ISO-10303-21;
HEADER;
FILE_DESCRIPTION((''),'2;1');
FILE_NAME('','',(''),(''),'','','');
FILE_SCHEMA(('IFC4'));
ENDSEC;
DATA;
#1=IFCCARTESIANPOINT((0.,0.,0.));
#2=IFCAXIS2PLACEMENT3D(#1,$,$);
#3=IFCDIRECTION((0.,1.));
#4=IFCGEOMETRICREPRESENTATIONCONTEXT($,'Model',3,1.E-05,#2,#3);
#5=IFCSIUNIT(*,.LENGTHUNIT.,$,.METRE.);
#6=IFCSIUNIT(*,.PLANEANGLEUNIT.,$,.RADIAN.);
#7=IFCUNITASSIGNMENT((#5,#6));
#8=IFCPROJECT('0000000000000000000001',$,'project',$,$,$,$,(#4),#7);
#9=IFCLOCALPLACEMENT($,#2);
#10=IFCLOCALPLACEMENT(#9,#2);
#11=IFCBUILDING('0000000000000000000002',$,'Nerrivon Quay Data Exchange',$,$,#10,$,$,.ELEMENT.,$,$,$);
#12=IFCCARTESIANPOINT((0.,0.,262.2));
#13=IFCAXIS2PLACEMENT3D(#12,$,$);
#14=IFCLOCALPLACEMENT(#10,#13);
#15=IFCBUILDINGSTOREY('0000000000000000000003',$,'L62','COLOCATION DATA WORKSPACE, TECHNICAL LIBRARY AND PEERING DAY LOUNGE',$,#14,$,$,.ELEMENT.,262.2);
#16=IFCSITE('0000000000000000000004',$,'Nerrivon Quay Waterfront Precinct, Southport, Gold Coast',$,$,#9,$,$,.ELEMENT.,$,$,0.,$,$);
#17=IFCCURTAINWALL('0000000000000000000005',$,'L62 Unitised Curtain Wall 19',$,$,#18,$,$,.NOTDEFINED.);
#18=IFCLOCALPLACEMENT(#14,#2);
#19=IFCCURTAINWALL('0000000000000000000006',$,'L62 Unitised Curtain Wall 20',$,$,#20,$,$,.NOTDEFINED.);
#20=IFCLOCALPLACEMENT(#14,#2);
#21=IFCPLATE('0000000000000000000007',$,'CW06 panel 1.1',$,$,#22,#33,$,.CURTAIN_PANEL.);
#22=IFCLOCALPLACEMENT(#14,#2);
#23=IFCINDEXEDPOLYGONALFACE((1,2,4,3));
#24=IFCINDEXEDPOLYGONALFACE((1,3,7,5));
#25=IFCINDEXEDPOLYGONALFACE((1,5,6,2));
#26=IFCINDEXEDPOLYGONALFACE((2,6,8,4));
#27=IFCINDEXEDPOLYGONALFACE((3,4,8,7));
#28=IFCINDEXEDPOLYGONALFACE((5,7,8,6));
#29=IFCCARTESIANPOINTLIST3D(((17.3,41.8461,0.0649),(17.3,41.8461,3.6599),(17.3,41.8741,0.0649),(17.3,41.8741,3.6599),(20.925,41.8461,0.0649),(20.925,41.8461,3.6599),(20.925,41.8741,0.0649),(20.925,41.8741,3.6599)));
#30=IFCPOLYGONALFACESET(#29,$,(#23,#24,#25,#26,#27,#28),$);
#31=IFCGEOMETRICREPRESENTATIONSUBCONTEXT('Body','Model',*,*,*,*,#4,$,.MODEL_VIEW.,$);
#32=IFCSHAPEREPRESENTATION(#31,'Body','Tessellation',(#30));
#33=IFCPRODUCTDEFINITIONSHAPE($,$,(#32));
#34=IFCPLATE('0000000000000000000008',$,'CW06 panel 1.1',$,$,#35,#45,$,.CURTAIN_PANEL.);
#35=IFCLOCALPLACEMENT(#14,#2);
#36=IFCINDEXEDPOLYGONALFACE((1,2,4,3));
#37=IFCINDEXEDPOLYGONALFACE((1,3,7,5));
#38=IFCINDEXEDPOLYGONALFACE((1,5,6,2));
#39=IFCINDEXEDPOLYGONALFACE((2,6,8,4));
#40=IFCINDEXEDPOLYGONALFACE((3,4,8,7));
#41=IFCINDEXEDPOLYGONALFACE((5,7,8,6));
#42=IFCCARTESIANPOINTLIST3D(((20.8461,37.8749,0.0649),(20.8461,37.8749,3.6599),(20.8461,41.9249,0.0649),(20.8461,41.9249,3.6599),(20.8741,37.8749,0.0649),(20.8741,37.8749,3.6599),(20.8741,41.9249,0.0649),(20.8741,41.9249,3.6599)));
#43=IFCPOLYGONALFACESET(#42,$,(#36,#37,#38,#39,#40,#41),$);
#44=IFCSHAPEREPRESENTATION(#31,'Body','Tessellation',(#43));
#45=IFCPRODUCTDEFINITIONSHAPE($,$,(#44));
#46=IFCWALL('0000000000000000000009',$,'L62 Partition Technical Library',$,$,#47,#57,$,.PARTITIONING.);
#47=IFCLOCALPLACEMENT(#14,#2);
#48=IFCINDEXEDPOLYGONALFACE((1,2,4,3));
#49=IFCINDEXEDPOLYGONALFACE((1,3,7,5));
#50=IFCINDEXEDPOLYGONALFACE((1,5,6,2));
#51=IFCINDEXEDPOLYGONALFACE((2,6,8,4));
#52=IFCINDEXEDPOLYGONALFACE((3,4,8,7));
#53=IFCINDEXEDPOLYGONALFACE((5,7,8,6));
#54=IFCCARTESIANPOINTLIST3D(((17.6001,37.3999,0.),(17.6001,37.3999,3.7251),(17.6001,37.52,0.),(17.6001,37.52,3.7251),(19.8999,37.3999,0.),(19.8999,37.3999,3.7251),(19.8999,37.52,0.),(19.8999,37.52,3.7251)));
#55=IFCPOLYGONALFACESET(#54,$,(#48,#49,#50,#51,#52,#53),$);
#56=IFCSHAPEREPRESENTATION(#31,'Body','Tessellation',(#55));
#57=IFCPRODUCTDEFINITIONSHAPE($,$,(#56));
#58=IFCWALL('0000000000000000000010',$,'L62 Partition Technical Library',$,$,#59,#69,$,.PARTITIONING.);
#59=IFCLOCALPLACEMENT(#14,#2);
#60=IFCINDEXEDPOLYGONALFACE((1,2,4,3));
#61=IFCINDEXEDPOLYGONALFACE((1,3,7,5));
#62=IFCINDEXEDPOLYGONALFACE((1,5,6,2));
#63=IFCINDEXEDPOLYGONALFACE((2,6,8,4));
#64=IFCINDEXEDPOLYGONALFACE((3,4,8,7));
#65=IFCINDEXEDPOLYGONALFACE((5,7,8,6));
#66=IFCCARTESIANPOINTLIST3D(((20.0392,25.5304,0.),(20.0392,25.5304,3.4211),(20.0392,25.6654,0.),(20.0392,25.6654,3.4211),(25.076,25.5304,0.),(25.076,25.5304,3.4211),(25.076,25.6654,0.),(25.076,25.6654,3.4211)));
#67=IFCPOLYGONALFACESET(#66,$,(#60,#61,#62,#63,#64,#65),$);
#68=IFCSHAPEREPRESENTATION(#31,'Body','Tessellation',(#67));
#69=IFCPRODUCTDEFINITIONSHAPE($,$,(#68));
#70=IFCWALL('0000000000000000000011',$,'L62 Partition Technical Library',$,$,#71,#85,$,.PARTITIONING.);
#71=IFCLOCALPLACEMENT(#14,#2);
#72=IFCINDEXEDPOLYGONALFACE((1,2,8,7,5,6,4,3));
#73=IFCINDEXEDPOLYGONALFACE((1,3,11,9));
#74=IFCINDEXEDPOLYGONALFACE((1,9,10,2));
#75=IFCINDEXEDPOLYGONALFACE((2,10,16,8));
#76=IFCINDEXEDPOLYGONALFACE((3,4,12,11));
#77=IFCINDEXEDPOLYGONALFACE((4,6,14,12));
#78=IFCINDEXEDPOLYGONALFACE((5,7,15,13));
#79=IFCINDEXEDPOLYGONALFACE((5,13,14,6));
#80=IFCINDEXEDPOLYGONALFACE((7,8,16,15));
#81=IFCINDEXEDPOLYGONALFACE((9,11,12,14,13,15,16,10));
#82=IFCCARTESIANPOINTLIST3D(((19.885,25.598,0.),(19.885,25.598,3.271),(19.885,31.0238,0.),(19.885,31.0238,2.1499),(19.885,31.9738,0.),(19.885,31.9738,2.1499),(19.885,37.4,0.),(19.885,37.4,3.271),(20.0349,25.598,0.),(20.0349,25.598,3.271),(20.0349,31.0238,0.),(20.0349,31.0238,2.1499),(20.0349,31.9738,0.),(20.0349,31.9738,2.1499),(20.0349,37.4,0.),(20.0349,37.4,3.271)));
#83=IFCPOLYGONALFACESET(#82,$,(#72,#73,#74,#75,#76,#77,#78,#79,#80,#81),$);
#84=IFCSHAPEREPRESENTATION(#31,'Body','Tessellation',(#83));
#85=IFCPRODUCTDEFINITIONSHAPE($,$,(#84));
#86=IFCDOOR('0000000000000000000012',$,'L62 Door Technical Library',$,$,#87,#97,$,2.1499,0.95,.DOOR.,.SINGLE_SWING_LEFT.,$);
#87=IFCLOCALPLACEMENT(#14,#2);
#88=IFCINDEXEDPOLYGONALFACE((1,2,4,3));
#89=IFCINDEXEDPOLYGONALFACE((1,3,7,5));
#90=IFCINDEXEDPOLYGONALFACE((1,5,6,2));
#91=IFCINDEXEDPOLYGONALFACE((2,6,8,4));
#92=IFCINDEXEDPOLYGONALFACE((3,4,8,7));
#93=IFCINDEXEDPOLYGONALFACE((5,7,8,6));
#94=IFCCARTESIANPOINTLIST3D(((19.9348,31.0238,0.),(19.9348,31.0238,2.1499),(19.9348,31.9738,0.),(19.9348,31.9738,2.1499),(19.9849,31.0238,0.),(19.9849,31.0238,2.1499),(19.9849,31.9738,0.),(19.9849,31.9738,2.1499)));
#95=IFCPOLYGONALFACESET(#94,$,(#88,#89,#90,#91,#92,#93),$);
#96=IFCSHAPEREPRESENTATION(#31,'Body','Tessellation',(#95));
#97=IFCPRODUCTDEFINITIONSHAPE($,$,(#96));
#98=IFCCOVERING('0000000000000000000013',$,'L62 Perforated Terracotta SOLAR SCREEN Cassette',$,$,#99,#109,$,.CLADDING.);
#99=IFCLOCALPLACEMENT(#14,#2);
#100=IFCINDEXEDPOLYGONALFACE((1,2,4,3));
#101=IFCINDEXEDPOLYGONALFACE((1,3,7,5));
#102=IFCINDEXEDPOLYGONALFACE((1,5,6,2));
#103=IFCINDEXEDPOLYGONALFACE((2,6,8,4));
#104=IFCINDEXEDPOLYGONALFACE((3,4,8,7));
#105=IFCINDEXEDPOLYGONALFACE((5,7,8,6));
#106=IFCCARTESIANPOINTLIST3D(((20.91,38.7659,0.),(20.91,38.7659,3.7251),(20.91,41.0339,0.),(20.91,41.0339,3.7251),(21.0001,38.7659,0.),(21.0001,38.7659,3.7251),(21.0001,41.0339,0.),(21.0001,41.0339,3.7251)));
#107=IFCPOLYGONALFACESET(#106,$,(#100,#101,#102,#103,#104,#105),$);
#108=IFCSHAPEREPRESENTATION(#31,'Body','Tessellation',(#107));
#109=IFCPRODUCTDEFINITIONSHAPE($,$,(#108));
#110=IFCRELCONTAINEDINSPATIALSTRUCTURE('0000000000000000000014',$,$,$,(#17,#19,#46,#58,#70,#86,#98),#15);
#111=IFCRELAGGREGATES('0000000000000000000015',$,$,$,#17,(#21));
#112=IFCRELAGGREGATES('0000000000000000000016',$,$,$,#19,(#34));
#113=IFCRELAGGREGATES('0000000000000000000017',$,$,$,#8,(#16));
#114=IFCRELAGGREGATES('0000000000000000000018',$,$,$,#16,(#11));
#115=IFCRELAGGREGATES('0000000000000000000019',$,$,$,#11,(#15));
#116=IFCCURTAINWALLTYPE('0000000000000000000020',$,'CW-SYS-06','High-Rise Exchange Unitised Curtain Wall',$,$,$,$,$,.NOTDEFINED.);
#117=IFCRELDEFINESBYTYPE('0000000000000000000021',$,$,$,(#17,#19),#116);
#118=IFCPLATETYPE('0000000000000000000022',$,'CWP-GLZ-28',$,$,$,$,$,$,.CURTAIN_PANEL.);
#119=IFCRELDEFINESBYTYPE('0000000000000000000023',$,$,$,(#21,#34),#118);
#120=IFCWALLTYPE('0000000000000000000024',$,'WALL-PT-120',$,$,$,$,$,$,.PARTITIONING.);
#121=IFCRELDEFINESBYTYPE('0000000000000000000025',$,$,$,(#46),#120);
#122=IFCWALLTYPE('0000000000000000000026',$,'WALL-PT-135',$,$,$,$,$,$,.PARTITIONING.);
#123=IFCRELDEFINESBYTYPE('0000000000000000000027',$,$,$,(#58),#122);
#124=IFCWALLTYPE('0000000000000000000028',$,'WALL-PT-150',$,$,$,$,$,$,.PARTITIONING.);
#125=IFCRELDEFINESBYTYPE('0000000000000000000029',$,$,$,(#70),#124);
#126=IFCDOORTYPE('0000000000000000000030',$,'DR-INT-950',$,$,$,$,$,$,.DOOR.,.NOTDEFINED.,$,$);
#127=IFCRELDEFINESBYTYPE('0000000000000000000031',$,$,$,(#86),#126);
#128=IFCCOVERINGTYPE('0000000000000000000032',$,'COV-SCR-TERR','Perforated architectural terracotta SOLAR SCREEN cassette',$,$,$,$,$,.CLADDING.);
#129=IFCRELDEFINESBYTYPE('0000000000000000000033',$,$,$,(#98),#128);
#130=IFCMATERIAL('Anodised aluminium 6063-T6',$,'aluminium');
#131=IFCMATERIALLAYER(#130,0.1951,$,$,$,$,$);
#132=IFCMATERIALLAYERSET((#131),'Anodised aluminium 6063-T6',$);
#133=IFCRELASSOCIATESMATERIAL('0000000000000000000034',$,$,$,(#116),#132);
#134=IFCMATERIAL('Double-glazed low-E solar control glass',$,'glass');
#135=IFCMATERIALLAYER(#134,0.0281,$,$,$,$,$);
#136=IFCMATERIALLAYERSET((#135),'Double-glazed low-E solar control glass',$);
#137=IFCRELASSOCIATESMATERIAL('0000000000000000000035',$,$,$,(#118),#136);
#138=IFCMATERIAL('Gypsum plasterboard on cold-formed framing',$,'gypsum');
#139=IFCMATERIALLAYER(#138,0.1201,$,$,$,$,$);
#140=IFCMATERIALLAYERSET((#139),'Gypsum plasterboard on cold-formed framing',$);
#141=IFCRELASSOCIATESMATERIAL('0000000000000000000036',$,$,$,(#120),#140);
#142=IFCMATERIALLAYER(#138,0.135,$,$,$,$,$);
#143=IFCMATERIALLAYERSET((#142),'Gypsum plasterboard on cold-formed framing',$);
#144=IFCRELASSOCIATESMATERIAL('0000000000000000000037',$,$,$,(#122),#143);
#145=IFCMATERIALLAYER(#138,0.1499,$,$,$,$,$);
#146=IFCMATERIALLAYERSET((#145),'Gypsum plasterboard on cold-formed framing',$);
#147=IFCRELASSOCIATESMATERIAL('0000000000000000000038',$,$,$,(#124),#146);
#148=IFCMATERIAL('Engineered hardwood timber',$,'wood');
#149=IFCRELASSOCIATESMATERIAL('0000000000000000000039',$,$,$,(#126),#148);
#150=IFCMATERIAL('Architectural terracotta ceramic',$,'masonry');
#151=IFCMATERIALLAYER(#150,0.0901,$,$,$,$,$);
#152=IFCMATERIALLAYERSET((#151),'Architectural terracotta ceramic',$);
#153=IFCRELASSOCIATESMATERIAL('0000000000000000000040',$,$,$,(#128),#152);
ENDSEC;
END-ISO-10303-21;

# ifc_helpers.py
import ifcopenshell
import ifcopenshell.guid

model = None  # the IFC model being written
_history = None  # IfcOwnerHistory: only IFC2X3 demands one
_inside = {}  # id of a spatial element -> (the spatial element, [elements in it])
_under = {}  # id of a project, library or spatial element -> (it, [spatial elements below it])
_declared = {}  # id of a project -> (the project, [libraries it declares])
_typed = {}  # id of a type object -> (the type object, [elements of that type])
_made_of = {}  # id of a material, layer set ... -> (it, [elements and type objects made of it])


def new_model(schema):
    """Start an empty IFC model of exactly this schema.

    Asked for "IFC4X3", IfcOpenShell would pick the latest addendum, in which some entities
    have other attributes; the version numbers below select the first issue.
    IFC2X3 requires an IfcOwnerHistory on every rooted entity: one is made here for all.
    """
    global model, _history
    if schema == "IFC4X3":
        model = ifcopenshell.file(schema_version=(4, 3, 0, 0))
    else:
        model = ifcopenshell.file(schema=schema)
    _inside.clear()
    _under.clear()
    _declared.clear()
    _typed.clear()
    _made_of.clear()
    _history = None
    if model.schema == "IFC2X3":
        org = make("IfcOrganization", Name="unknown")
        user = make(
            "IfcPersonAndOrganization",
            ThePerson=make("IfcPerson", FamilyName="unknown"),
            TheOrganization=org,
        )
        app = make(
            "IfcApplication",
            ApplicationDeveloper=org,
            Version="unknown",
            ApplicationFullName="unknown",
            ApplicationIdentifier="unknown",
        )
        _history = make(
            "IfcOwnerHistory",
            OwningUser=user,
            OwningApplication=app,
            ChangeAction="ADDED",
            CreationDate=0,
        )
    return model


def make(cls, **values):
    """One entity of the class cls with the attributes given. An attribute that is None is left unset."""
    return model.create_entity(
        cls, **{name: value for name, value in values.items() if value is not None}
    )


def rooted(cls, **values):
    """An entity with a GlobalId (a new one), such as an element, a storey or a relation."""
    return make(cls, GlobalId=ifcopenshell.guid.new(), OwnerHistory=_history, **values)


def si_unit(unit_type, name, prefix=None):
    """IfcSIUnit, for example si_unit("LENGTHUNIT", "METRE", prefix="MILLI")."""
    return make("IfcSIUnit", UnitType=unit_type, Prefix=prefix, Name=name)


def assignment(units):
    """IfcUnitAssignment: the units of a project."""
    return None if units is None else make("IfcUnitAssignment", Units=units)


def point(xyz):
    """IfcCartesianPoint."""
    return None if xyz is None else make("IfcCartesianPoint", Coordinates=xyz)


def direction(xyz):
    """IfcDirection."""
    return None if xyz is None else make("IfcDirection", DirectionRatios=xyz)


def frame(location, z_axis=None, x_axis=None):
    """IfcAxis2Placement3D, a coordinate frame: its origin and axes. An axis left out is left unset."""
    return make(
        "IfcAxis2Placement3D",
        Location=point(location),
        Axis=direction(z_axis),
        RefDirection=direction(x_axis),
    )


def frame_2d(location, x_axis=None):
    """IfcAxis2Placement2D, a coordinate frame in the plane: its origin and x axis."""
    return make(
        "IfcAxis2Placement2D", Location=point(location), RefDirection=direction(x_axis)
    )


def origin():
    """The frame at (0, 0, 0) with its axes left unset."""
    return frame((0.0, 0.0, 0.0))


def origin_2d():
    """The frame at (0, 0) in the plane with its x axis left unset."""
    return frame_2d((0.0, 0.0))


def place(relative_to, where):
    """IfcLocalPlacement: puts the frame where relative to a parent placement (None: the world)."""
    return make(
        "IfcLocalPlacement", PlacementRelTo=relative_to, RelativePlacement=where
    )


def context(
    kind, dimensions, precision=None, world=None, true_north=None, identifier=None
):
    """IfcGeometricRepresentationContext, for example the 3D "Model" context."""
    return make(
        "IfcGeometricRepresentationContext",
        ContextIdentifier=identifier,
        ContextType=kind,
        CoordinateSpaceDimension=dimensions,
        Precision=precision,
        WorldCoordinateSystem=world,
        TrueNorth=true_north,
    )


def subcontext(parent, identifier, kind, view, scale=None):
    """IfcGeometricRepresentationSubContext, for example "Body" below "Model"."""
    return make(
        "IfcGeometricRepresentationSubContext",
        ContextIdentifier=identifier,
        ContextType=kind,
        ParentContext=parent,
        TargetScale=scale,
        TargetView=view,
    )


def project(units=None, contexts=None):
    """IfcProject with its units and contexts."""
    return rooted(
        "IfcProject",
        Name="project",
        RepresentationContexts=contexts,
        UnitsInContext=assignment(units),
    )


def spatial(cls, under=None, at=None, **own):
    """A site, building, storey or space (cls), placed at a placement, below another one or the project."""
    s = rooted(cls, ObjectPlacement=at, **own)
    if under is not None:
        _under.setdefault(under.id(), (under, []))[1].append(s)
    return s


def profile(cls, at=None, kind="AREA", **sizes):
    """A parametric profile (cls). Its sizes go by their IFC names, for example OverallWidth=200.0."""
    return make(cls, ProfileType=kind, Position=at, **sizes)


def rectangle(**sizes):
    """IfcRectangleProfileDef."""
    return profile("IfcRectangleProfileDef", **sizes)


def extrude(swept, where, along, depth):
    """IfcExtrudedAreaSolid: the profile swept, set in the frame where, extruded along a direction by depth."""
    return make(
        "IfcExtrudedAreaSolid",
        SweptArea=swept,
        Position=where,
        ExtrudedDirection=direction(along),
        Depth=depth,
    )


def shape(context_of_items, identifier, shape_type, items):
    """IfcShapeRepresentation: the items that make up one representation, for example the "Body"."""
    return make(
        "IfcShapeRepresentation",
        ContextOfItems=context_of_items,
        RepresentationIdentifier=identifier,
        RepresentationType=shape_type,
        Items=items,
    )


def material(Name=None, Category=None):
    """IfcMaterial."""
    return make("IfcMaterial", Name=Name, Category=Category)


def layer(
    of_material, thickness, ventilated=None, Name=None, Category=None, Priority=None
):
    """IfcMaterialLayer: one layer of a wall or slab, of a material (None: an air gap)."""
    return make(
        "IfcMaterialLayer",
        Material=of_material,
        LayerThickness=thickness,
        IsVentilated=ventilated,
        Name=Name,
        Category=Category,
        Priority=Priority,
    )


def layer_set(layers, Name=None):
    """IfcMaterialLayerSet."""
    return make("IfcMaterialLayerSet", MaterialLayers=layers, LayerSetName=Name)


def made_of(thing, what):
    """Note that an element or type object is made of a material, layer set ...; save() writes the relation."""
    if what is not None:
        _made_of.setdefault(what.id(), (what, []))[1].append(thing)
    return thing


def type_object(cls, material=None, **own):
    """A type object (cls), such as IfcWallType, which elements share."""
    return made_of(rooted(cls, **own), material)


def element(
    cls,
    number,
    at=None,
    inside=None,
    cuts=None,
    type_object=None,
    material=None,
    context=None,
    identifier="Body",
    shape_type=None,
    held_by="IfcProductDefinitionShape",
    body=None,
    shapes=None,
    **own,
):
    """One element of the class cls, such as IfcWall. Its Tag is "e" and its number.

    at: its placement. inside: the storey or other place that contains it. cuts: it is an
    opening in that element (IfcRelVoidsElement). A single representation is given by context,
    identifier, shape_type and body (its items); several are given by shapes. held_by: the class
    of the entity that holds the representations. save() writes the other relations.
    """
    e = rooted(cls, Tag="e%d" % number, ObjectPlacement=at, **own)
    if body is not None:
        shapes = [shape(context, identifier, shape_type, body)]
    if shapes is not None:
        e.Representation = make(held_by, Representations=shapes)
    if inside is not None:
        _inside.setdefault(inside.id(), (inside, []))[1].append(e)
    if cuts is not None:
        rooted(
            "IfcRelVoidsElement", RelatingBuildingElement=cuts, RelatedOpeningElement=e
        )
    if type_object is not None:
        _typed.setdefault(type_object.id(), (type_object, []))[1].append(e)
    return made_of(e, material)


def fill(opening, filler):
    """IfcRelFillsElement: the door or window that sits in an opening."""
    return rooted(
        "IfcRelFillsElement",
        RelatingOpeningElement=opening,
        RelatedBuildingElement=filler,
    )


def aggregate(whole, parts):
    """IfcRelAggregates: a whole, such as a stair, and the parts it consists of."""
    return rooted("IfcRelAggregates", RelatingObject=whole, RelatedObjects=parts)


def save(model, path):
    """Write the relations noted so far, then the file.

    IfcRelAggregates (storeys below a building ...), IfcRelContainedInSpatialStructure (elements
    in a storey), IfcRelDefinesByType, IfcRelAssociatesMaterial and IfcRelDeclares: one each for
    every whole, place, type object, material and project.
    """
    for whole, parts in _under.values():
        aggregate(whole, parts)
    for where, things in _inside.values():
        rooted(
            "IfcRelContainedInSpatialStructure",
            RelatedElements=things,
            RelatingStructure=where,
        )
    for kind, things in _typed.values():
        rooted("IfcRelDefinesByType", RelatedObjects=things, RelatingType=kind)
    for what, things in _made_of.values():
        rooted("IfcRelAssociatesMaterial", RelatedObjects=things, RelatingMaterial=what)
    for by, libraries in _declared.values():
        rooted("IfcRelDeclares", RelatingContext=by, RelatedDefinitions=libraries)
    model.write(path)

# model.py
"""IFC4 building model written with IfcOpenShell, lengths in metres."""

from ifc_helpers import new_model, si_unit, direction, frame, frame_2d, origin, origin_2d, place, context, subcontext, project, spatial, rectangle, extrude, material, layer, layer_set, type_object, element, fill, aggregate, save


model = new_model("IFC4")

# Units and contexts
model_context = context("Model", 3, precision=1e-05, world=origin(), true_north=direction((0.0, 1.0)))
body_context = subcontext(model_context, "Body", "Model", "MODEL_VIEW")
ifc_project = project(units=[si_unit("LENGTHUNIT", "METRE"), si_unit("PLANEANGLEUNIT", "RADIAN")], contexts=[model_context])

# Site, building, storey
site_placement = place(None, origin())
site = spatial("IfcSite", under=ifc_project, at=site_placement, Name="Nerrivon Quay Waterfront Precinct, Southport, Gold Coast", CompositionType="ELEMENT", RefElevation=0.0)
building_placement = place(site_placement, origin())
building = spatial("IfcBuilding", under=site, at=building_placement, Name="Nerrivon Quay Data Exchange", CompositionType="ELEMENT")
storey_placement = place(building_placement, frame((0.0, 0.0, 262.2)))
storey = spatial("IfcBuildingStorey", under=building, at=storey_placement, Name="L62", Description="COLOCATION DATA WORKSPACE, TECHNICAL LIBRARY AND PEERING DAY LOUNGE", CompositionType="ELEMENT", Elevation=262.2)

# Curtain walls
ifc_material_1 = material(Name="Anodised aluminium 6063-T6", Category="aluminium")
ifc_layer_1 = layer(ifc_material_1, 0.1951)
ifc_layer_set_1 = layer_set([ifc_layer_1], Name="Anodised aluminium 6063-T6")
curtain_wall_type = type_object("IfcCurtainWallType", Name="CW-SYS-06", Description="High-Rise Exchange Unitised Curtain Wall", PredefinedType="NOTDEFINED", material=ifc_layer_set_1)
curtain_wall_1_placement = place(storey_placement, origin())
curtain_wall_1 = element("IfcCurtainWall", 1, at=curtain_wall_1_placement, inside=storey, type_object=curtain_wall_type, Name="L62 Unitised Curtain Wall 19", PredefinedType="NOTDEFINED")
curtain_wall_2_placement = place(storey_placement, origin())
curtain_wall_2 = element("IfcCurtainWall", 2, at=curtain_wall_2_placement, inside=storey, type_object=curtain_wall_type, Name="L62 Unitised Curtain Wall 20", PredefinedType="NOTDEFINED")

# Plates
ifc_material_2 = material(Name="Double-glazed low-E solar control glass", Category="glass")
ifc_layer_2 = layer(ifc_material_2, 0.0281)
ifc_layer_set_2 = layer_set([ifc_layer_2], Name="Double-glazed low-E solar control glass")
plate_type = type_object("IfcPlateType", Name="CWP-GLZ-28", PredefinedType="CURTAIN_PANEL", material=ifc_layer_set_2)
plate_1_placement = place(storey_placement, frame((19.1125, 41.8601, 0.0649), z_axis=(0.0, 0.0, 1.0), x_axis=(1.0, 0.0, 0.0)))
plate_1 = element("IfcPlate", 3, at=plate_1_placement, type_object=plate_type, Name="CW06 panel 1.1", PredefinedType="CURTAIN_PANEL", context=body_context, shape_type="SweptSolid", body=[
    extrude(rectangle(XDim=3.625, YDim=0.0281, at=origin_2d()), origin(), (0.0, 0.0, 1.0), 3.595),
])
aggregate(curtain_wall_1, [plate_1])
plate_2_placement = place(storey_placement, frame((20.8601, 39.8999, 0.0649), z_axis=(0.0, 0.0, 1.0), x_axis=(0.0, -1.0, 0.0)))
plate_2 = element("IfcPlate", 4, at=plate_2_placement, type_object=plate_type, Name="CW06 panel 1.1", PredefinedType="CURTAIN_PANEL", context=body_context, shape_type="SweptSolid", body=[
    extrude(rectangle(XDim=4.05, YDim=0.0281, at=origin_2d()), origin(), (0.0, 0.0, 1.0), 3.595),
])
aggregate(curtain_wall_2, [plate_2])

# Walls
ifc_material_3 = material(Name="Gypsum plasterboard on cold-formed framing", Category="gypsum")
ifc_layer_3 = layer(ifc_material_3, 0.1201)
ifc_layer_set_3 = layer_set([ifc_layer_3], Name="Gypsum plasterboard on cold-formed framing")
wall_type_1 = type_object("IfcWallType", Name="WALL-PT-120", PredefinedType="PARTITIONING", material=ifc_layer_set_3)
wall_1_placement = place(storey_placement, frame((17.6001, 37.46, 0.0), z_axis=(0.0, 0.0, 1.0), x_axis=(1.0, 0.0, 0.0)))
element("IfcWall", 5, at=wall_1_placement, inside=storey, type_object=wall_type_1, Name="L62 Partition Technical Library", PredefinedType="PARTITIONING", context=body_context, shape_type="SweptSolid", body=[
    extrude(rectangle(XDim=2.2998, YDim=0.1201, at=frame_2d((1.1499, 0.0))), origin(), (0.0, 0.0, 1.0), 3.7251),
])
ifc_layer_4 = layer(ifc_material_3, 0.135)
ifc_layer_set_4 = layer_set([ifc_layer_4], Name="Gypsum plasterboard on cold-formed framing")
wall_type_2 = type_object("IfcWallType", Name="WALL-PT-135", PredefinedType="PARTITIONING", material=ifc_layer_set_4)
wall_2_placement = place(storey_placement, frame((20.0391, 25.5979, 0.0), z_axis=(0.0, 0.0, 1.0), x_axis=(1.0, 0.0, 0.0)))
element("IfcWall", 6, at=wall_2_placement, inside=storey, type_object=wall_type_2, Name="L62 Partition Technical Library", PredefinedType="PARTITIONING", context=body_context, shape_type="SweptSolid", body=[
    extrude(rectangle(XDim=5.0369, YDim=0.135, at=frame_2d((2.5186, 0.0))), origin(), (0.0, 0.0, 1.0), 3.4211),
])

# Wall, opening, door
ifc_layer_5 = layer(ifc_material_3, 0.1499)
ifc_layer_set_5 = layer_set([ifc_layer_5], Name="Gypsum plasterboard on cold-formed framing")
wall_type_3 = type_object("IfcWallType", Name="WALL-PT-150", PredefinedType="PARTITIONING", material=ifc_layer_set_5)
wall_3_placement = place(storey_placement, frame((19.96, 37.3999, 0.0), z_axis=(0.0, 0.0, 1.0), x_axis=(0.0, -1.0, 0.0)))
wall_3 = element("IfcWall", 7, at=wall_3_placement, inside=storey, type_object=wall_type_3, Name="L62 Partition Technical Library", PredefinedType="PARTITIONING", context=body_context, shape_type="SweptSolid", body=[
    extrude(rectangle(XDim=11.802, YDim=0.1499, at=frame_2d((5.9009, 0.0))), origin(), (0.0, 0.0, 1.0), 3.271),
])
opening_1_placement = place(wall_3_placement, frame((5.426, 0.0, 0.0)))
opening_1 = element("IfcOpeningElement", 8, at=opening_1_placement, cuts=wall_3, PredefinedType="OPENING", context=body_context, shape_type="SweptSolid", body=[
    extrude(rectangle(XDim=0.95, YDim=2.1499, at=frame_2d((0.4751, 1.075))), frame((0.0, 0.085, 0.0), z_axis=(0.0, -1.0, 0.0), x_axis=(1.0, 0.0, 0.0)), (0.0, 0.0, 1.0), 0.1699),
])
ifc_material_4 = material(Name="Engineered hardwood timber", Category="wood")
door_type_1 = type_object("IfcDoorType", Name="DR-INT-950", OperationType="NOTDEFINED", PredefinedType="DOOR", material=ifc_material_4)
door_1_placement = place(opening_1_placement, origin())
door_1 = element("IfcDoor", 9, at=door_1_placement, inside=storey, type_object=door_type_1, Name="L62 Door Technical Library", OperationType="SINGLE_SWING_LEFT", OverallHeight=2.1499, OverallWidth=0.95, PredefinedType="DOOR", context=body_context, shape_type="SweptSolid", body=[
    extrude(rectangle(XDim=0.95, YDim=2.1499, at=frame_2d((0.4751, 1.075))), frame((0.0, 0.0249, 0.0), z_axis=(0.0, -1.0, 0.0), x_axis=(1.0, 0.0, 0.0)), (0.0, 0.0, 1.0), 0.05),
])
fill(opening_1, door_1)

# Covering
ifc_material_5 = material(Name="Architectural terracotta ceramic", Category="masonry")
ifc_layer_6 = layer(ifc_material_5, 0.0901)
ifc_layer_set_6 = layer_set([ifc_layer_6], Name="Architectural terracotta ceramic")
covering_type = type_object("IfcCoveringType", Name="COV-SCR-TERR", Description="Perforated architectural terracotta SOLAR SCREEN cassette", PredefinedType="CLADDING", material=ifc_layer_set_6)
covering_placement = place(storey_placement, frame((20.9551, 39.8999, 0.0), z_axis=(0.0, 0.0, 1.0), x_axis=(0.0, -1.0, 0.0)))
element("IfcCovering", 10, at=covering_placement, inside=storey, type_object=covering_type, Name="L62 Perforated Terracotta SOLAR SCREEN Cassette", PredefinedType="CLADDING", context=body_context, shape_type="SweptSolid", body=[
    extrude(rectangle(XDim=2.2681, YDim=0.0901, at=origin_2d()), origin(), (0.0, 0.0, 1.0), 3.7251),
])

save(model, "model.ifc")
